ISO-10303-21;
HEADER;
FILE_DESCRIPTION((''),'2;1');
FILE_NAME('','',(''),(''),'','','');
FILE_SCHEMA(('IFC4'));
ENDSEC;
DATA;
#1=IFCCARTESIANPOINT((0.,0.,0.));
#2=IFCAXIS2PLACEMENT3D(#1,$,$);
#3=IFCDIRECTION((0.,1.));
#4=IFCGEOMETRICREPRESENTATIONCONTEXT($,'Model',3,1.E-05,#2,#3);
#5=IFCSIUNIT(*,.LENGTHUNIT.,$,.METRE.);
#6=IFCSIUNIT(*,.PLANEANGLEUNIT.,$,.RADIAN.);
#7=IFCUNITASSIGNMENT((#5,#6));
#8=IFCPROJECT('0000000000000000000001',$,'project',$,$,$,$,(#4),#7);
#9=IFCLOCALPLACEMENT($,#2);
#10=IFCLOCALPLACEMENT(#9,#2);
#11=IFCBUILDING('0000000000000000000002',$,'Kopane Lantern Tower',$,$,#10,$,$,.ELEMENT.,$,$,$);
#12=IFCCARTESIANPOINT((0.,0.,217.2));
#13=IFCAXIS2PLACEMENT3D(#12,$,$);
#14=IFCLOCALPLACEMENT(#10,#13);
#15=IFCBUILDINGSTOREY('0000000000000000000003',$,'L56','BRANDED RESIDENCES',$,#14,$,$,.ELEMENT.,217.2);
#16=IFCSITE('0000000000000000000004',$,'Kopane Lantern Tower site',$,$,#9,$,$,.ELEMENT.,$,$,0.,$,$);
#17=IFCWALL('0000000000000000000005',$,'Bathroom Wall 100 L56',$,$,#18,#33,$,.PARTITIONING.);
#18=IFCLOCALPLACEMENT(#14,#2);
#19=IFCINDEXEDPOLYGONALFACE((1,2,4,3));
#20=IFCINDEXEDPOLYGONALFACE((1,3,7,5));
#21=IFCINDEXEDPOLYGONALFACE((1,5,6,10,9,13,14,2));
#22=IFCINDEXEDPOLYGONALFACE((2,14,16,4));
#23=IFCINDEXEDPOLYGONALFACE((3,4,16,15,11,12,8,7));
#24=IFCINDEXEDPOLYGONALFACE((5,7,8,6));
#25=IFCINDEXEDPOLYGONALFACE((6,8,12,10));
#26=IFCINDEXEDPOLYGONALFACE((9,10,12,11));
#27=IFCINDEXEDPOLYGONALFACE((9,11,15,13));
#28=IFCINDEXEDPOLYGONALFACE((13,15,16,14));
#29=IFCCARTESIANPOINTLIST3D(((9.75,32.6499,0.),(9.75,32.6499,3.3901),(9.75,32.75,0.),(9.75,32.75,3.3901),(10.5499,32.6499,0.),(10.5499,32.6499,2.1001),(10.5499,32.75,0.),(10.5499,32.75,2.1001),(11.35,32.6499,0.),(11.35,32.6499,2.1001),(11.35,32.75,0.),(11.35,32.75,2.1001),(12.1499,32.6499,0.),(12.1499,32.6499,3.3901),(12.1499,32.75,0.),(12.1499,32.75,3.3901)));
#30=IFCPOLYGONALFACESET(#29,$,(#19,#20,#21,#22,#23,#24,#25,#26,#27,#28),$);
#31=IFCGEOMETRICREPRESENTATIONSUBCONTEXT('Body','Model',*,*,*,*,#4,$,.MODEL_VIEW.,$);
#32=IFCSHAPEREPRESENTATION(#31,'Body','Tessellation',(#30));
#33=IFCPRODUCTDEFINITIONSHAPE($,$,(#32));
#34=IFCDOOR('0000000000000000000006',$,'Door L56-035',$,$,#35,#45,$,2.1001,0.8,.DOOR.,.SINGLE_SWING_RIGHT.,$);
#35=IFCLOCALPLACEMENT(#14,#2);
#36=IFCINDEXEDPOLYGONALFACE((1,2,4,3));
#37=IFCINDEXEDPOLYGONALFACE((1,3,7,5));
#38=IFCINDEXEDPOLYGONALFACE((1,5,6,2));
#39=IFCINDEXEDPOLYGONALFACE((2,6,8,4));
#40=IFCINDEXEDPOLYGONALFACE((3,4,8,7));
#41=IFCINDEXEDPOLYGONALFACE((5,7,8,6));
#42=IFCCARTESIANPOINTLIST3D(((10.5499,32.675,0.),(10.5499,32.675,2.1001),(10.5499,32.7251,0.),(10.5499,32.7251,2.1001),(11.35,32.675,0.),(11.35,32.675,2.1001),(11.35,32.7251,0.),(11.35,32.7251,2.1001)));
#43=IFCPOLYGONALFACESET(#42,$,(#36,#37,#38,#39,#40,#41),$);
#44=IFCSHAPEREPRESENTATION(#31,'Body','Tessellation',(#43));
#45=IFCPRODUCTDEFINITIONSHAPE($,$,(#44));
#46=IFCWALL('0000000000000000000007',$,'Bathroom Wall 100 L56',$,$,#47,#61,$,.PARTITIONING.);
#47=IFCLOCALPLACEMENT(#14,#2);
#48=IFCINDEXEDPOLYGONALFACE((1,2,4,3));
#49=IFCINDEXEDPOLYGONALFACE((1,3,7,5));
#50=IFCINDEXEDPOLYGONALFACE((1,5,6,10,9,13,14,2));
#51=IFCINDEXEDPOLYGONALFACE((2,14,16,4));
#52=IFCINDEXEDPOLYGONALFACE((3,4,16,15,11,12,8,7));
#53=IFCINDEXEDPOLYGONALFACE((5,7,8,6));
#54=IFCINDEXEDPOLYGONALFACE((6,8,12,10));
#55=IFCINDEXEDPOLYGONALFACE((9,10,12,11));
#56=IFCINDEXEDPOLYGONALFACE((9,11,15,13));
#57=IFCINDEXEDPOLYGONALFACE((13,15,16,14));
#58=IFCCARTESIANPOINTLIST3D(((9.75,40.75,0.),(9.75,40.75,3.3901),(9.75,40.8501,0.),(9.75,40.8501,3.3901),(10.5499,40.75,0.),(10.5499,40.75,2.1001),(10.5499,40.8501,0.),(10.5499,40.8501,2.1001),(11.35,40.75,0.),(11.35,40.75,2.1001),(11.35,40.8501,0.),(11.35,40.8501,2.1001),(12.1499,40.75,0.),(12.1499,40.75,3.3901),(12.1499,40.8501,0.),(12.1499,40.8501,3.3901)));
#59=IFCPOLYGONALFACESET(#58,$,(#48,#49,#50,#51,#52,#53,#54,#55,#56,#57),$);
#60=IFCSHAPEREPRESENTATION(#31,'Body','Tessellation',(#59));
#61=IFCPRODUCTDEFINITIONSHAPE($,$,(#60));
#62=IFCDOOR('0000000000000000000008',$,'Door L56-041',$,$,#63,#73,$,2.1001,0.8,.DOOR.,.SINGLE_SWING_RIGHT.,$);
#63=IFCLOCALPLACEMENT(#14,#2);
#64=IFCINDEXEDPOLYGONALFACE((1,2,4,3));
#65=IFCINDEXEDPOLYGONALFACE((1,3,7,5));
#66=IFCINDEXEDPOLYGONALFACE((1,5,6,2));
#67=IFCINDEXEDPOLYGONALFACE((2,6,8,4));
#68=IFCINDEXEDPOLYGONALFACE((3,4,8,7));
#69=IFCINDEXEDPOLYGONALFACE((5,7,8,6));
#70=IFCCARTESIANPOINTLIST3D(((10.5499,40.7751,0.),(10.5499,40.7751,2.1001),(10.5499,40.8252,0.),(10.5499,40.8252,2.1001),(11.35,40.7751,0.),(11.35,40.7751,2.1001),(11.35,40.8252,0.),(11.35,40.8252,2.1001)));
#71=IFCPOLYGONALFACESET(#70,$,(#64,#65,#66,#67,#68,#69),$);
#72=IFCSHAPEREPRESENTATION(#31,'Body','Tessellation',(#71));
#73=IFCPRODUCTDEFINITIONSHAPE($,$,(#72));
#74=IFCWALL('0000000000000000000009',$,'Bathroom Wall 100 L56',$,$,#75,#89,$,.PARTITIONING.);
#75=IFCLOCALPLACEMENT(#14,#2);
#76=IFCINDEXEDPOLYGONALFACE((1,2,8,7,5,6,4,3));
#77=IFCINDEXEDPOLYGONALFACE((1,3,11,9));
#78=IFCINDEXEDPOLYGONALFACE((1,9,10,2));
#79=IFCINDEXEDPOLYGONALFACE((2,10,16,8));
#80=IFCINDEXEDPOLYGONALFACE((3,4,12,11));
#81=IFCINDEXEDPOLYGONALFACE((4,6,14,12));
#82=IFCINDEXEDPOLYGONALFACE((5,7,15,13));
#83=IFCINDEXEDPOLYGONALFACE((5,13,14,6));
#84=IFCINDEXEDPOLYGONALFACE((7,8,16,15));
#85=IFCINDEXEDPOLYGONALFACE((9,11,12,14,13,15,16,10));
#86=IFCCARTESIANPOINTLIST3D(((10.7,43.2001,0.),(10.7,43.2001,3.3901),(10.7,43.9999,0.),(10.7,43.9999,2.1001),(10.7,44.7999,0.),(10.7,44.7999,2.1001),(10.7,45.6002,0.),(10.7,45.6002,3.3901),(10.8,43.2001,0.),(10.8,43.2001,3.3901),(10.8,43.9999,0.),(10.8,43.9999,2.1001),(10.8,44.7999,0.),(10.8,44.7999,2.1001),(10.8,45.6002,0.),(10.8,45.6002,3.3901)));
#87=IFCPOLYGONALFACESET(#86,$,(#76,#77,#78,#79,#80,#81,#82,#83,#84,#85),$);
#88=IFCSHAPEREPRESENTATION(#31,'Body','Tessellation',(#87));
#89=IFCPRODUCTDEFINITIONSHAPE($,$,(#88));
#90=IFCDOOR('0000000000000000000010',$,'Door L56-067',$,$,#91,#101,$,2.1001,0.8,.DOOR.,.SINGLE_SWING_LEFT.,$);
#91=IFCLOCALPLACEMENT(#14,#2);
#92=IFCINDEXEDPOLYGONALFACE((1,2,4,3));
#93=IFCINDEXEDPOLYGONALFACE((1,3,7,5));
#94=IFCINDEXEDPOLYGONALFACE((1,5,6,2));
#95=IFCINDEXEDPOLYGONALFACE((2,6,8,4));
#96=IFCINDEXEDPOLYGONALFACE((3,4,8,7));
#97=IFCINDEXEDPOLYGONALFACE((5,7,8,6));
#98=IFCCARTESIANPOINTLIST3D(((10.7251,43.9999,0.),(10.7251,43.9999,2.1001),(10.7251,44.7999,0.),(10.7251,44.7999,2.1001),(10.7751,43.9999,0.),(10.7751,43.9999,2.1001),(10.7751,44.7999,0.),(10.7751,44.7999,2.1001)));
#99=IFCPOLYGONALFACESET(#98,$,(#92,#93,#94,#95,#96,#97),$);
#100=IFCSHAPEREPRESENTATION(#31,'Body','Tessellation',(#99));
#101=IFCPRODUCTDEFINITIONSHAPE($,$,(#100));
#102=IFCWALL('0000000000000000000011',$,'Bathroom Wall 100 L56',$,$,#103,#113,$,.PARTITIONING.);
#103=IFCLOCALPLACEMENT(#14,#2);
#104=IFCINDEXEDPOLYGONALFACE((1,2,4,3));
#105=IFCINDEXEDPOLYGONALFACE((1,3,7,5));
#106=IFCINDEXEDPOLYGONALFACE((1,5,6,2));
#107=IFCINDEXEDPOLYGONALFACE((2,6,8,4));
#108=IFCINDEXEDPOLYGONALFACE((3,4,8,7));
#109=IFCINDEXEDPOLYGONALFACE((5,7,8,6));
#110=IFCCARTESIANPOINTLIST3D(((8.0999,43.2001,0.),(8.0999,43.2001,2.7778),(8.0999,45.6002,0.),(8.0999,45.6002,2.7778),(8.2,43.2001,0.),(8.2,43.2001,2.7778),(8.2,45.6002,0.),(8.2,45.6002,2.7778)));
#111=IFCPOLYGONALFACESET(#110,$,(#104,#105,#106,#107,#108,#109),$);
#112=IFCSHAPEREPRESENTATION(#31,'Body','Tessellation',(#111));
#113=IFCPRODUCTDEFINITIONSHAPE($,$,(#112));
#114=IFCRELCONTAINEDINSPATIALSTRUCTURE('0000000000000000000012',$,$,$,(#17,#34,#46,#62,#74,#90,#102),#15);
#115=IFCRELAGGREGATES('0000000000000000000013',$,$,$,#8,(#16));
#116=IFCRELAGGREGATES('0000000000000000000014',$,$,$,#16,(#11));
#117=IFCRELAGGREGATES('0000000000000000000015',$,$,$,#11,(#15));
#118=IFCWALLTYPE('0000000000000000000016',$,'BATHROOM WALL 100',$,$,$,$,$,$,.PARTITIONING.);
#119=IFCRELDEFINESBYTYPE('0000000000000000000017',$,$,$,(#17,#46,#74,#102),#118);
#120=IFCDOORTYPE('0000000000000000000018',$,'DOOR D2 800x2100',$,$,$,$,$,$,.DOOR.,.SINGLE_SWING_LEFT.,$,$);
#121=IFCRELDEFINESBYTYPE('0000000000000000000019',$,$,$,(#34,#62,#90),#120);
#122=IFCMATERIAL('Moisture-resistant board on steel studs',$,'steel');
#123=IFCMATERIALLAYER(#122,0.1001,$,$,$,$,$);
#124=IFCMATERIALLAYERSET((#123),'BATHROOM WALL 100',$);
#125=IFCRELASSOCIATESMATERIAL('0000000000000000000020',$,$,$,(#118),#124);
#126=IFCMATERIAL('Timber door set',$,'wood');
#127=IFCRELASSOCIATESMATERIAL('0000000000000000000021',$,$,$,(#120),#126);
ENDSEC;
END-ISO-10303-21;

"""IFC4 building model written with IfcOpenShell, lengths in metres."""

from ifc_helpers import new_model, si_unit, direction, frame, frame_2d, origin, place, context, subcontext, project, spatial, rectangle, extrude, material, layer, layer_set, type_object, element, fill, save


model = new_model("IFC4")

# Units and contexts
model_context = context("Model", 3, precision=1e-05, world=origin(), true_north=direction((0.0, 1.0)))
body_context = subcontext(model_context, "Body", "Model", "MODEL_VIEW")
ifc_project = project(units=[si_unit("LENGTHUNIT", "METRE"), si_unit("PLANEANGLEUNIT", "RADIAN")], contexts=[model_context])

# Site, building, storey
site_placement = place(None, origin())
site = spatial("IfcSite", under=ifc_project, at=site_placement, Name="Kopane Lantern Tower site", CompositionType="ELEMENT", RefElevation=0.0)
building_placement = place(site_placement, origin())
building = spatial("IfcBuilding", under=site, at=building_placement, Name="Kopane Lantern Tower", CompositionType="ELEMENT")
storey_placement = place(building_placement, frame((0.0, 0.0, 217.2)))
storey = spatial("IfcBuildingStorey", under=building, at=storey_placement, Name="L56", Description="BRANDED RESIDENCES", CompositionType="ELEMENT", Elevation=217.2)

# Walls, openings, doors
ifc_material_1 = material(Name="Moisture-resistant board on steel studs", Category="steel")
ifc_layer_1 = layer(ifc_material_1, 0.1001)
ifc_layer_set_1 = layer_set([ifc_layer_1], Name="BATHROOM WALL 100")
wall_type_1 = type_object("IfcWallType", Name="BATHROOM WALL 100", PredefinedType="PARTITIONING", material=ifc_layer_set_1)
wall_1_placement = place(storey_placement, frame((12.1499, 32.7, 0.0), z_axis=(0.0, 0.0, 1.0), x_axis=(-1.0, 0.0, 0.0)))
wall_1 = element("IfcWall", 1, at=wall_1_placement, inside=storey, type_object=wall_type_1, Name="Bathroom Wall 100 L56", PredefinedType="PARTITIONING", context=body_context, shape_type="SweptSolid", body=[
    extrude(rectangle(XDim=2.3999, YDim=0.1001, at=frame_2d((1.2, 0.0))), origin(), (0.0, 0.0, 1.0), 3.3901),
])
opening_1_placement = place(wall_1_placement, frame((0.8, 0.0, 0.0)))
opening_1 = element("IfcOpeningElement", 2, at=opening_1_placement, cuts=wall_1, PredefinedType="OPENING", context=body_context, shape_type="SweptSolid", body=[
    extrude(rectangle(XDim=0.8, YDim=2.1001, at=frame_2d((0.3999, 1.05))), frame((0.0, 0.0601, 0.0), z_axis=(0.0, -1.0, 0.0), x_axis=(1.0, 0.0, 0.0)), (0.0, 0.0, 1.0), 0.1201),
])
ifc_material_2 = material(Name="Timber door set", Category="wood")
door_type_1 = type_object("IfcDoorType", Name="DOOR D2 800x2100", OperationType="SINGLE_SWING_LEFT", PredefinedType="DOOR", material=ifc_material_2)
door_1_placement = place(opening_1_placement, origin())
door_1 = element("IfcDoor", 3, at=door_1_placement, inside=storey, type_object=door_type_1, Name="Door L56-035", OperationType="SINGLE_SWING_RIGHT", OverallHeight=2.1001, OverallWidth=0.8, PredefinedType="DOOR", context=body_context, shape_type="SweptSolid", body=[
    extrude(rectangle(XDim=0.8, YDim=2.1001, at=frame_2d((0.3999, 1.05))), frame((0.0, 0.0249, 0.0), z_axis=(0.0, -1.0, 0.0), x_axis=(1.0, 0.0, 0.0)), (0.0, 0.0, 1.0), 0.05),
])
fill(opening_1, door_1)
wall_2_placement = place(storey_placement, frame((12.1499, 40.8, 0.0), z_axis=(0.0, 0.0, 1.0), x_axis=(-1.0, 0.0, 0.0)))
wall_2 = element("IfcWall", 4, at=wall_2_placement, inside=storey, type_object=wall_type_1, Name="Bathroom Wall 100 L56", PredefinedType="PARTITIONING", context=body_context, shape_type="SweptSolid", body=[
    extrude(rectangle(XDim=2.3999, YDim=0.1001, at=frame_2d((1.2, 0.0))), origin(), (0.0, 0.0, 1.0), 3.3901),
])
opening_2_placement = place(wall_2_placement, frame((0.8, 0.0, 0.0)))
opening_2 = element("IfcOpeningElement", 5, at=opening_2_placement, cuts=wall_2, PredefinedType="OPENING", context=body_context, shape_type="SweptSolid", body=[
    extrude(rectangle(XDim=0.8, YDim=2.1001, at=frame_2d((0.3999, 1.05))), frame((0.0, 0.0601, 0.0), z_axis=(0.0, -1.0, 0.0), x_axis=(1.0, 0.0, 0.0)), (0.0, 0.0, 1.0), 0.1201),
])
door_2_placement = place(opening_2_placement, origin())
door_2 = element("IfcDoor", 6, at=door_2_placement, inside=storey, type_object=door_type_1, Name="Door L56-041", OperationType="SINGLE_SWING_RIGHT", OverallHeight=2.1001, OverallWidth=0.8, PredefinedType="DOOR", context=body_context, shape_type="SweptSolid", body=[
    extrude(rectangle(XDim=0.8, YDim=2.1001, at=frame_2d((0.3999, 1.05))), frame((0.0, 0.0249, 0.0), z_axis=(0.0, -1.0, 0.0), x_axis=(1.0, 0.0, 0.0)), (0.0, 0.0, 1.0), 0.05),
])
fill(opening_2, door_2)
wall_3_placement = place(storey_placement, frame((10.75, 43.2, 0.0), z_axis=(0.0, 0.0, 1.0), x_axis=(0.0, 1.0, 0.0)))
wall_3 = element("IfcWall", 7, at=wall_3_placement, inside=storey, type_object=wall_type_1, Name="Bathroom Wall 100 L56", PredefinedType="PARTITIONING", context=body_context, shape_type="SweptSolid", body=[
    extrude(rectangle(XDim=2.4001, YDim=0.1001, at=frame_2d((1.2002, 0.0))), origin(), (0.0, 0.0, 1.0), 3.3901),
])
opening_3_placement = place(wall_3_placement, frame((0.8, 0.0, 0.0)))
opening_3 = element("IfcOpeningElement", 8, at=opening_3_placement, cuts=wall_3, PredefinedType="OPENING", context=body_context, shape_type="SweptSolid", body=[
    extrude(rectangle(XDim=0.8, YDim=2.1001, at=frame_2d((0.3999, 1.05))), frame((0.0, 0.0601, 0.0), z_axis=(0.0, -1.0, 0.0), x_axis=(1.0, 0.0, 0.0)), (0.0, 0.0, 1.0), 0.1201),
])
door_3_placement = place(opening_3_placement, origin())
door_3 = element("IfcDoor", 9, at=door_3_placement, inside=storey, type_object=door_type_1, Name="Door L56-067", OperationType="SINGLE_SWING_LEFT", OverallHeight=2.1001, OverallWidth=0.8, PredefinedType="DOOR", context=body_context, shape_type="SweptSolid", body=[
    extrude(rectangle(XDim=0.8, YDim=2.1001, at=frame_2d((0.3999, 1.05))), frame((0.0, 0.0249, 0.0), z_axis=(0.0, -1.0, 0.0), x_axis=(1.0, 0.0, 0.0)), (0.0, 0.0, 1.0), 0.05),
])
fill(opening_3, door_3)

# Wall
wall_4_placement = place(storey_placement, frame((8.1499, 43.2, 0.0), z_axis=(0.0, 0.0, 1.0), x_axis=(0.0, 1.0, 0.0)))
element("IfcWall", 10, at=wall_4_placement, inside=storey, type_object=wall_type_1, Name="Bathroom Wall 100 L56", PredefinedType="PARTITIONING", context=body_context, shape_type="SweptSolid", body=[
    extrude(rectangle(XDim=2.4001, YDim=0.1001, at=frame_2d((1.2002, 0.0))), origin(), (0.0, 0.0, 1.0), 2.7778),
])

save(model, "model.ifc")
